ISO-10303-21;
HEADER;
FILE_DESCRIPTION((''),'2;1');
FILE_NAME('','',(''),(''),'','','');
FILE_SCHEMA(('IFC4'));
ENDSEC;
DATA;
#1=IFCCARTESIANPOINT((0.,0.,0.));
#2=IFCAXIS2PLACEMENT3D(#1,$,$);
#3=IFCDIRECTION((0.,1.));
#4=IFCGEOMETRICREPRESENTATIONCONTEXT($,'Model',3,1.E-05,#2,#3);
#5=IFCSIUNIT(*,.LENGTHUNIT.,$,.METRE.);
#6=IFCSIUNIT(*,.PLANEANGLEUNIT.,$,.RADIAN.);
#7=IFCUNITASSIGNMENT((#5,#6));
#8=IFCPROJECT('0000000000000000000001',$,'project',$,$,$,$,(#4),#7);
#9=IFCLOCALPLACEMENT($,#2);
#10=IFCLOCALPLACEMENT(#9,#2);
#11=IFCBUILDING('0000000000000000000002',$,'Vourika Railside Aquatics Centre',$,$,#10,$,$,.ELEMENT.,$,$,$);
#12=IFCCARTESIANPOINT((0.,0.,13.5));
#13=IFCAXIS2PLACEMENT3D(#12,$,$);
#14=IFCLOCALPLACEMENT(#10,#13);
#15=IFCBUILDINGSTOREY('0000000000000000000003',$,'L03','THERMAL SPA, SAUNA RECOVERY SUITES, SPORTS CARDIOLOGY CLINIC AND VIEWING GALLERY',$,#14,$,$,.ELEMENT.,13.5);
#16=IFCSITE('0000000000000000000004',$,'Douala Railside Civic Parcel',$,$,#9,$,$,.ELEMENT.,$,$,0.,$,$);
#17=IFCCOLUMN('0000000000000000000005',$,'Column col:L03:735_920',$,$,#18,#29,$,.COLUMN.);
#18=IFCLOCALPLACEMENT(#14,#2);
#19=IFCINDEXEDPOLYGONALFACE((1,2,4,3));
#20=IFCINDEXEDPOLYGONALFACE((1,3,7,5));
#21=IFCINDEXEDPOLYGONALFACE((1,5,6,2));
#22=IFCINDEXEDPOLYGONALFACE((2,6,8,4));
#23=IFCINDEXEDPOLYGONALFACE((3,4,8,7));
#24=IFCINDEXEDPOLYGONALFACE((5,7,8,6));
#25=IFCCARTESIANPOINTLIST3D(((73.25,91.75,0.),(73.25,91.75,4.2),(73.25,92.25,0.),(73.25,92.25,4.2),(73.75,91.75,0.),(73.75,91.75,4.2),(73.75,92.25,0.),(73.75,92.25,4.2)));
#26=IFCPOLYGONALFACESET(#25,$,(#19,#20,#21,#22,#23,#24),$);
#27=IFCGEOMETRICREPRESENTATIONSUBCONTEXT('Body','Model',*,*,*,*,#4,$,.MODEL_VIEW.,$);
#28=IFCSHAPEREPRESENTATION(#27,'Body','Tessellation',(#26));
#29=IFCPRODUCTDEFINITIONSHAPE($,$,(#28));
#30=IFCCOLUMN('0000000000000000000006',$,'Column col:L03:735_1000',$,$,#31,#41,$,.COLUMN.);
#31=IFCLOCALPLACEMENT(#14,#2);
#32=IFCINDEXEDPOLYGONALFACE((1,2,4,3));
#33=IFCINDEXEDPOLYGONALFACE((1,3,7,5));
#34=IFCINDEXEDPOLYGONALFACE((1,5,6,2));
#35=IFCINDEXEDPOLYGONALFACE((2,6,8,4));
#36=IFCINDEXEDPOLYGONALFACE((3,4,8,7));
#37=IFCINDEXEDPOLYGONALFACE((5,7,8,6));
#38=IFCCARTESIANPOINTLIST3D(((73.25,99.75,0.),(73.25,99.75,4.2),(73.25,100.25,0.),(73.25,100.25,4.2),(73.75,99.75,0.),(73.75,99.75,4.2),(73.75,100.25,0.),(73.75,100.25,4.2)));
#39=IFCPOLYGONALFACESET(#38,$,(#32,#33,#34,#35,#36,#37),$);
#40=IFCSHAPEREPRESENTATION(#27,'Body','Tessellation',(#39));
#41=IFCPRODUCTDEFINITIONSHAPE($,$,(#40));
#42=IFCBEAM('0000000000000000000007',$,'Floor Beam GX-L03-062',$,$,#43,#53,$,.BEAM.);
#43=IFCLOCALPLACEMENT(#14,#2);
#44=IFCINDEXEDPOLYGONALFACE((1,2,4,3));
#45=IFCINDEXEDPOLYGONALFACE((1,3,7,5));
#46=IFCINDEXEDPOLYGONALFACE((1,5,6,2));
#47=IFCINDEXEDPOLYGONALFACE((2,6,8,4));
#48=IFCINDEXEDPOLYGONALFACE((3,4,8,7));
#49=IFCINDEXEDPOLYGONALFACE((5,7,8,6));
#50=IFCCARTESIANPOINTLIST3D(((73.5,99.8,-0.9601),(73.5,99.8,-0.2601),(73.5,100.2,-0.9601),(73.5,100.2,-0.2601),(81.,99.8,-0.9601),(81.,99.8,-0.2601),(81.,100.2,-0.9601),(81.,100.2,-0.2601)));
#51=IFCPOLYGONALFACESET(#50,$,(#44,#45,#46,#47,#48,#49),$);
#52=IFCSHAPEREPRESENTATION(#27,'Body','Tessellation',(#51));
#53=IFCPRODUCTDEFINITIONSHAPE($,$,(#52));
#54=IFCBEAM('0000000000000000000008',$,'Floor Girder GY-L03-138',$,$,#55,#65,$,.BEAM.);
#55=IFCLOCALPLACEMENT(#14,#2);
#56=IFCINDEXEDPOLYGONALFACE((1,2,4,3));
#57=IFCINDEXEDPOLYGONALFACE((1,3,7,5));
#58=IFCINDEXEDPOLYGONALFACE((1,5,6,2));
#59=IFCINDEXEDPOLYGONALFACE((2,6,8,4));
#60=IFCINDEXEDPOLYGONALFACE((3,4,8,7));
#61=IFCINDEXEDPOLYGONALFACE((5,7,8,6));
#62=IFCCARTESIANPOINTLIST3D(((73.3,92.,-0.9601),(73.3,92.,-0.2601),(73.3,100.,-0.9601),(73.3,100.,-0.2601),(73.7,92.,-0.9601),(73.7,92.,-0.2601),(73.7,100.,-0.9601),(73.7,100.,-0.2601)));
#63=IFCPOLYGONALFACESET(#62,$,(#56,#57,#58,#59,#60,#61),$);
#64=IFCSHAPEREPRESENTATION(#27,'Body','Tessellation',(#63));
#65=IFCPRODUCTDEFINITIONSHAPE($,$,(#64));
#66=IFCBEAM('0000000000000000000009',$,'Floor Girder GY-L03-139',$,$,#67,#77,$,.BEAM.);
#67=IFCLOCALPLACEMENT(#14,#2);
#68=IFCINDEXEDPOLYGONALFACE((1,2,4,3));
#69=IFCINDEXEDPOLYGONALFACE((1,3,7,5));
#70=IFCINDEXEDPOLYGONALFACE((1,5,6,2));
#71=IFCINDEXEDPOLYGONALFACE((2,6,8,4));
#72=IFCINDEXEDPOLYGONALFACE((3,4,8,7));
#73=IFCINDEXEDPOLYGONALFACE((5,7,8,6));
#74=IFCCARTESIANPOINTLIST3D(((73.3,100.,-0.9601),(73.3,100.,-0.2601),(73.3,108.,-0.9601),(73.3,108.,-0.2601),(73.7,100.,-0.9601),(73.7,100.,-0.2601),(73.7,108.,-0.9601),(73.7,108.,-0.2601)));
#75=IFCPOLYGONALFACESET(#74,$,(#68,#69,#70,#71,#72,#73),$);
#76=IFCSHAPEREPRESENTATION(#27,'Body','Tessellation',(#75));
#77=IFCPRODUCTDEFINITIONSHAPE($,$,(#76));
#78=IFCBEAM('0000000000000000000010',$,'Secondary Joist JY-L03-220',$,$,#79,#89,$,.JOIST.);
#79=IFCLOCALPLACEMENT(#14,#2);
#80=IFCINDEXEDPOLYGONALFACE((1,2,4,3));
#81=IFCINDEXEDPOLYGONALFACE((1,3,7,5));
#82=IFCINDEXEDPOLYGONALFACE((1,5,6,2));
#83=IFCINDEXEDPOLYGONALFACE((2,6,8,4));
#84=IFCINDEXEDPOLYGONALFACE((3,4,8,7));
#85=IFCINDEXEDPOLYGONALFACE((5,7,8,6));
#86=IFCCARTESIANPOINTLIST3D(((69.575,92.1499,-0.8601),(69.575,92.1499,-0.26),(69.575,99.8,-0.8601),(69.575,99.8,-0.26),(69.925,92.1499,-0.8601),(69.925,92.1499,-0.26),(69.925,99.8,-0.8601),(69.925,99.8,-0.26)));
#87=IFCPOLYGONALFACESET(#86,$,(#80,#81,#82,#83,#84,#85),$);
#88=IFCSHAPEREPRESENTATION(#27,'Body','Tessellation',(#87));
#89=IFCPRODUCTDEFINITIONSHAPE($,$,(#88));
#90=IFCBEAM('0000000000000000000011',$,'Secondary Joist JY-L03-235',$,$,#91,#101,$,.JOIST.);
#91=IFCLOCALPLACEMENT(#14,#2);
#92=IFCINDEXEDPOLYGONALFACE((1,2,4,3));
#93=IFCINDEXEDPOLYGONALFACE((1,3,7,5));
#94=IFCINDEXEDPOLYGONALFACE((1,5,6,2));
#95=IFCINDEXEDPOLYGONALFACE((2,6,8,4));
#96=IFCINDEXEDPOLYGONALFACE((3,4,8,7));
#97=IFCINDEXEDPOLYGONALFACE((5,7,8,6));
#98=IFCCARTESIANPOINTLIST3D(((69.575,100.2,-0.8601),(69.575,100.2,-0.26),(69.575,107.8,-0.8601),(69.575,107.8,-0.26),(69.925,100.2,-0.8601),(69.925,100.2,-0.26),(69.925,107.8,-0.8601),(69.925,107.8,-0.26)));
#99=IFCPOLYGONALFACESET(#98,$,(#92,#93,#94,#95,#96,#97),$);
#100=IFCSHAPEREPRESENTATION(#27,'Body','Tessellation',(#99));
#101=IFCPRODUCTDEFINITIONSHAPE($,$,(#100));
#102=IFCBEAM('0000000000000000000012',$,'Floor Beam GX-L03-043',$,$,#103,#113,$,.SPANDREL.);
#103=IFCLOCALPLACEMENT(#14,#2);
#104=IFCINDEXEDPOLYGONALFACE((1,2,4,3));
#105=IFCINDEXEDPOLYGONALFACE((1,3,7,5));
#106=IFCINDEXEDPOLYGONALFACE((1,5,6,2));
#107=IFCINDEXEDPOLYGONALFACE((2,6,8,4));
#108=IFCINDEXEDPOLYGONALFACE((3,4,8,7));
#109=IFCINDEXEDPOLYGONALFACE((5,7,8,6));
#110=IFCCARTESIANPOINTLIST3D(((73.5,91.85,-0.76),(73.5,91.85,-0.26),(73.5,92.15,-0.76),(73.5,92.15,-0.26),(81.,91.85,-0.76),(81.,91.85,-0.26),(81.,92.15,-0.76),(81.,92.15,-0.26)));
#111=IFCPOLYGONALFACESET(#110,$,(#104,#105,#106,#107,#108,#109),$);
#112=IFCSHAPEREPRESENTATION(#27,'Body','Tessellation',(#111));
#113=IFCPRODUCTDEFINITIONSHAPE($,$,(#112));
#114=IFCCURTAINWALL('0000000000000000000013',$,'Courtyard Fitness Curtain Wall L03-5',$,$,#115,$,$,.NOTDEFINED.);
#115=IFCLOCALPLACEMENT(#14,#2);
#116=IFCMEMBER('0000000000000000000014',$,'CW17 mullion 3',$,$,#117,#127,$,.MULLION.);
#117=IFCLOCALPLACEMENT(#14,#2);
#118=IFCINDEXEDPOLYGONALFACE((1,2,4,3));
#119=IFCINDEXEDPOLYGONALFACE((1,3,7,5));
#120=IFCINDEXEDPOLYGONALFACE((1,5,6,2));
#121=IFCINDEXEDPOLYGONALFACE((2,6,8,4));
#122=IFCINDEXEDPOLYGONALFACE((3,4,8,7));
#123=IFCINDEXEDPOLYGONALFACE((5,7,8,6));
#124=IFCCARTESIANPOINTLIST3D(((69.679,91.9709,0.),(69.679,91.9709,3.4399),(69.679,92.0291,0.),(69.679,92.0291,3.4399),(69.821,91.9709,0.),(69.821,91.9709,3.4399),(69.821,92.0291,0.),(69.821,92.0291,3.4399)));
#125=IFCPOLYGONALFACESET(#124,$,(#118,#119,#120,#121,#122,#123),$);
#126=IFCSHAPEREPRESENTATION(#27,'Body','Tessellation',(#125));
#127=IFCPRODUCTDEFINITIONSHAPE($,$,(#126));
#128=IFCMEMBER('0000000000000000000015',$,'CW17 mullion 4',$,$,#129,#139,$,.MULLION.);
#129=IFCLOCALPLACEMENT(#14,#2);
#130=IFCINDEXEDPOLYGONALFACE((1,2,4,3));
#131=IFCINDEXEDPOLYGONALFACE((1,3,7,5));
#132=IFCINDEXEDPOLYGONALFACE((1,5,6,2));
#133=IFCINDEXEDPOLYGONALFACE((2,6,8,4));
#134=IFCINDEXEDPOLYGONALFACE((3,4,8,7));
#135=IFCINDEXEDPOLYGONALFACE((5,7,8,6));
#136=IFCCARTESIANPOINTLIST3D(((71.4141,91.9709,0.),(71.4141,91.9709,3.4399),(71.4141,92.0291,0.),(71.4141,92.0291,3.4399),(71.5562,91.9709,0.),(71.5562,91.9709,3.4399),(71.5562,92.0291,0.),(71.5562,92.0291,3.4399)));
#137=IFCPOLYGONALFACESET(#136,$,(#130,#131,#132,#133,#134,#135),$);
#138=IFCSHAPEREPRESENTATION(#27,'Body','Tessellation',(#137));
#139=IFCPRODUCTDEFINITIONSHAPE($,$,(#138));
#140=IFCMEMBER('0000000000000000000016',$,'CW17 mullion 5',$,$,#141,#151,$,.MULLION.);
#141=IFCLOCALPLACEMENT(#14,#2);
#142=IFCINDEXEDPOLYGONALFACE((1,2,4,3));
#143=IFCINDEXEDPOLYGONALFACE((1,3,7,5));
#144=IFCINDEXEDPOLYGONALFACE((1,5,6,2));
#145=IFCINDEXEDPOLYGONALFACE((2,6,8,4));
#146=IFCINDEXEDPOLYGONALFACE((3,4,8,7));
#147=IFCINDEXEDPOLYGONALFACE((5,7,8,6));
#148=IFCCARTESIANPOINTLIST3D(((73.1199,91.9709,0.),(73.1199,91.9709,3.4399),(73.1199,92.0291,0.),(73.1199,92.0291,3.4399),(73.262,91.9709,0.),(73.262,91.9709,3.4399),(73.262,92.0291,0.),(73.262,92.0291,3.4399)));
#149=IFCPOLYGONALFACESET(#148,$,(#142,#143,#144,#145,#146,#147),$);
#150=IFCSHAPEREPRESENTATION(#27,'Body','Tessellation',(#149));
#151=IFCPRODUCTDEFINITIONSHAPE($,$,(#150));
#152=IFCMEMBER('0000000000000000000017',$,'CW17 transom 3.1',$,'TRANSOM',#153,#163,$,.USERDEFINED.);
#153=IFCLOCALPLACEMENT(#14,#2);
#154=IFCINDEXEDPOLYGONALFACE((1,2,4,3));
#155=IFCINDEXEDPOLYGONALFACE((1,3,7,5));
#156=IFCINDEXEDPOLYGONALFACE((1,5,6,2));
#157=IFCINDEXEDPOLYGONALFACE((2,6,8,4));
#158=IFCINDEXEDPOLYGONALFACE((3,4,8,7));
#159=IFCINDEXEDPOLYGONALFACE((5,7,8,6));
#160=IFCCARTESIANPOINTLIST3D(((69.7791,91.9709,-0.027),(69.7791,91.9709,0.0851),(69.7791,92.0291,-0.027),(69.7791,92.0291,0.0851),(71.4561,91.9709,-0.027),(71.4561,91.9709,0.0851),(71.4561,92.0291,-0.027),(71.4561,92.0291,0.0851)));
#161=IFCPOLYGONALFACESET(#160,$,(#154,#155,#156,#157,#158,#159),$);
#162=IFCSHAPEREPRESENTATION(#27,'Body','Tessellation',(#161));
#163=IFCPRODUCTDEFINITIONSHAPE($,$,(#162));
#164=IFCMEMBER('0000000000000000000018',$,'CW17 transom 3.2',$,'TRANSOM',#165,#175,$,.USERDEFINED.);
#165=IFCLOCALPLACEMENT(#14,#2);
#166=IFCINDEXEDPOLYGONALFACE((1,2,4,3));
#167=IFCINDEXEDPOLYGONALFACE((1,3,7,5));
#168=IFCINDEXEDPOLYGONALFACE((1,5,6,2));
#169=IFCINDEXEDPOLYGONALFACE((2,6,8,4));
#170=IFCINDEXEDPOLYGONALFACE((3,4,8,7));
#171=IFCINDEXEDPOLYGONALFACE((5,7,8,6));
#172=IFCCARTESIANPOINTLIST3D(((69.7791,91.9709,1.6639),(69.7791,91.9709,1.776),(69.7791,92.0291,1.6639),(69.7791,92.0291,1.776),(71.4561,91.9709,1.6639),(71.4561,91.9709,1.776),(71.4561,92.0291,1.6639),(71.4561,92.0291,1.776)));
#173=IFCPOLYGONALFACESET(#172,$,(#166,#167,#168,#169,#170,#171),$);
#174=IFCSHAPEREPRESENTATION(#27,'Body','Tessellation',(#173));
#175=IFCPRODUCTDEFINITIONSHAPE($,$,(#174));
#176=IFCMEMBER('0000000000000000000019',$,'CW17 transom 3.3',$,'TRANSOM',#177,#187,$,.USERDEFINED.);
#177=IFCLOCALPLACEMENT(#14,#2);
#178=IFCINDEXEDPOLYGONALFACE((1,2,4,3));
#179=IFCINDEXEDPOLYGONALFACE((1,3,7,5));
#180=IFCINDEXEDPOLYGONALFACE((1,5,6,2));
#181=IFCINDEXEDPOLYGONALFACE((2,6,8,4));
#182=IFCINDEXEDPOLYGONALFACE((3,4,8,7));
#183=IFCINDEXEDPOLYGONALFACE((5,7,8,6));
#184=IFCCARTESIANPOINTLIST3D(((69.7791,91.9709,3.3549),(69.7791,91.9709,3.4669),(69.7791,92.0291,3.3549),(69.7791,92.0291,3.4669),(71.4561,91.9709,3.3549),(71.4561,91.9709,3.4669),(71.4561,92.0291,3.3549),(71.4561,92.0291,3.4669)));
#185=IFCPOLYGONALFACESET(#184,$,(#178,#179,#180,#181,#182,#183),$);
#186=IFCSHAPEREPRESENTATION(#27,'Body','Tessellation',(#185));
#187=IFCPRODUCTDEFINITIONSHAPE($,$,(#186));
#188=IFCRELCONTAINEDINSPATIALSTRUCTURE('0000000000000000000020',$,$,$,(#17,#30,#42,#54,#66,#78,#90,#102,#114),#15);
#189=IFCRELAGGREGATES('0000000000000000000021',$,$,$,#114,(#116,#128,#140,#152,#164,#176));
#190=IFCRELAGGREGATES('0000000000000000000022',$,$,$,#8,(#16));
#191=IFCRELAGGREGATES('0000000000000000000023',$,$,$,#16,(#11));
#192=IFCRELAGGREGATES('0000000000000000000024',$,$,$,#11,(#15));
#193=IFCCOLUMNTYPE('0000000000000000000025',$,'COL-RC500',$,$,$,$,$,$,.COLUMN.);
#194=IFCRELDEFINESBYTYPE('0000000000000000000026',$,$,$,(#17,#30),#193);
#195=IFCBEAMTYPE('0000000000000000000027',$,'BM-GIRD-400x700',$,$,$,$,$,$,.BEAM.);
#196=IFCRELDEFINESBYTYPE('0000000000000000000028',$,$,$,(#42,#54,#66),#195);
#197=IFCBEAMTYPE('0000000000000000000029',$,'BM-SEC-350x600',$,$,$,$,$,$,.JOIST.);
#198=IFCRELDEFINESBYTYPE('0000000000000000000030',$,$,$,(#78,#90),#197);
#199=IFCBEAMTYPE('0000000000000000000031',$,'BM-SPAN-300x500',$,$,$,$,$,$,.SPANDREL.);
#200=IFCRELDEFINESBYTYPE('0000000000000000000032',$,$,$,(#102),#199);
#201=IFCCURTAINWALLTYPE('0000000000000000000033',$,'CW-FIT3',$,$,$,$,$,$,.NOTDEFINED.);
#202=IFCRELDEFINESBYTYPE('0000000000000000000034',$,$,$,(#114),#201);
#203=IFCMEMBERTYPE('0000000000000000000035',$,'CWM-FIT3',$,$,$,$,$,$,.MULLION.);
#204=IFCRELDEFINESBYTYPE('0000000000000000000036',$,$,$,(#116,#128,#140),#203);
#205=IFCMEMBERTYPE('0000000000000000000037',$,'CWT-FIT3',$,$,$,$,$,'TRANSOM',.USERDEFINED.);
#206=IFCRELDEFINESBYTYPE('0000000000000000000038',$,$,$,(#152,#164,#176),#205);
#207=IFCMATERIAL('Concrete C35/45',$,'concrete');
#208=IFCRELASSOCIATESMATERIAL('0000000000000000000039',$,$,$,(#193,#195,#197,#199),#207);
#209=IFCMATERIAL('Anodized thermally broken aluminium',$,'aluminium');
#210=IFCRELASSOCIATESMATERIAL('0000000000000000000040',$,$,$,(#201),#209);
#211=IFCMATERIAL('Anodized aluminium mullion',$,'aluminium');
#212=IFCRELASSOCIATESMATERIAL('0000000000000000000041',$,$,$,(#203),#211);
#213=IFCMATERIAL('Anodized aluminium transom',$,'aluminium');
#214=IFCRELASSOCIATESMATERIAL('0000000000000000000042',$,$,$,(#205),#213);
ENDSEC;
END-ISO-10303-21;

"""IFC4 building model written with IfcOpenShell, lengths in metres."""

from ifc_helpers import new_model, si_unit, direction, frame, origin, origin_2d, place, context, subcontext, project, spatial, rectangle, extrude, material, material_profile, profile_set, type_object, element, aggregate, save


model = new_model("IFC4")

# Units and contexts
model_context = context("Model", 3, precision=1e-05, world=origin(), true_north=direction((0.0, 1.0)))
body_context = subcontext(model_context, "Body", "Model", "MODEL_VIEW")
ifc_project = project(units=[si_unit("LENGTHUNIT", "METRE"), si_unit("PLANEANGLEUNIT", "RADIAN")], contexts=[model_context])

# Site, building, storey
site_placement = place(None, origin())
site = spatial("IfcSite", under=ifc_project, at=site_placement, Name="Douala Railside Civic Parcel", CompositionType="ELEMENT", RefElevation=0.0)
building_placement = place(site_placement, origin())
building = spatial("IfcBuilding", under=site, at=building_placement, Name="Vourika Railside Aquatics Centre", CompositionType="ELEMENT")
storey_placement = place(building_placement, frame((0.0, 0.0, 13.5)))
storey = spatial("IfcBuildingStorey", under=building, at=storey_placement, Name="L03", Description="THERMAL SPA, SAUNA RECOVERY SUITES, SPORTS CARDIOLOGY CLINIC AND VIEWING GALLERY", CompositionType="ELEMENT", Elevation=13.5)

# Columns
ifc_material_1 = material(Name="Concrete C35/45", Category="concrete")
ifc_material_profile_1 = material_profile(ifc_material_1, rectangle(XDim=0.5, YDim=0.5, at=origin_2d()), Name="RC 500x500")
ifc_profile_set_1 = profile_set([ifc_material_profile_1], Name="Concrete C35/45")
column_type = type_object("IfcColumnType", Name="COL-RC500", PredefinedType="COLUMN", material=ifc_profile_set_1)
for number, where, z_axis, x_axis, name in (
    (1, (73.5, 92.0, 0.0), (0.0, 0.0, 1.0), (1.0, 0.0, 0.0), "Column col:L03:735_920"),
    (2, (73.5, 100.0, 0.0), (0.0, 0.0, 1.0), (1.0, 0.0, 0.0), "Column col:L03:735_1000"),
):
    element("IfcColumn", number, at=place(storey_placement, frame(where, z_axis=z_axis, x_axis=x_axis)), inside=storey, type_object=column_type, Name=name, PredefinedType="COLUMN", context=body_context, shape_type="SweptSolid", body=[
        extrude(rectangle(XDim=0.5, YDim=0.5, at=origin_2d()), origin(), (0.0, 0.0, 1.0), 4.2),
    ])

# Beams
ifc_material_profile_2 = material_profile(ifc_material_1, rectangle(XDim=0.3999, YDim=0.7, at=origin_2d()), Name="RC 400x700")
ifc_profile_set_2 = profile_set([ifc_material_profile_2], Name="Concrete C35/45")
beam_type_1 = type_object("IfcBeamType", Name="BM-GIRD-400x700", PredefinedType="BEAM", material=ifc_profile_set_2)
beam_1_placement = place(storey_placement, frame((73.5, 100.0, -0.6101), z_axis=(1.0, 0.0, 0.0), x_axis=(0.0, 1.0, 0.0)))
element("IfcBeam", 3, at=beam_1_placement, inside=storey, type_object=beam_type_1, Name="Floor Beam GX-L03-062", PredefinedType="BEAM", context=body_context, shape_type="SweptSolid", body=[
    extrude(rectangle(XDim=0.3999, YDim=0.7, at=origin_2d()), origin(), (0.0, 0.0, 1.0), 7.5),
])
for number, where, z_axis, x_axis, name in (
    (4, (73.5, 92.0, -0.6101), (0.0, 1.0, 0.0), (-1.0, 0.0, 0.0), "Floor Girder GY-L03-138"),
    (5, (73.5, 100.0, -0.6101), (0.0, 1.0, 0.0), (-1.0, 0.0, 0.0), "Floor Girder GY-L03-139"),
):
    element("IfcBeam", number, at=place(storey_placement, frame(where, z_axis=z_axis, x_axis=x_axis)), inside=storey, type_object=beam_type_1, Name=name, PredefinedType="BEAM", context=body_context, shape_type="SweptSolid", body=[
        extrude(rectangle(XDim=0.3999, YDim=0.7, at=origin_2d()), origin(), (0.0, 0.0, 1.0), 8.0),
    ])
ifc_material_profile_3 = material_profile(ifc_material_1, rectangle(XDim=0.3501, YDim=0.6001, at=origin_2d()), Name="RC 350x600")
ifc_profile_set_3 = profile_set([ifc_material_profile_3], Name="Concrete C35/45")
beam_type_2 = type_object("IfcBeamType", Name="BM-SEC-350x600", PredefinedType="JOIST", material=ifc_profile_set_3)
beam_2_placement = place(storey_placement, frame((69.75, 92.1499, -0.5601), z_axis=(0.0, 1.0, 0.0), x_axis=(-1.0, 0.0, 0.0)))
element("IfcBeam", 6, at=beam_2_placement, inside=storey, type_object=beam_type_2, Name="Secondary Joist JY-L03-220", PredefinedType="JOIST", context=body_context, shape_type="SweptSolid", body=[
    extrude(rectangle(XDim=0.3501, YDim=0.6001, at=origin_2d()), origin(), (0.0, 0.0, 1.0), 7.6501),
])
beam_3_placement = place(storey_placement, frame((69.75, 100.2, -0.5601), z_axis=(0.0, 1.0, 0.0), x_axis=(-1.0, 0.0, 0.0)))
element("IfcBeam", 7, at=beam_3_placement, inside=storey, type_object=beam_type_2, Name="Secondary Joist JY-L03-235", PredefinedType="JOIST", context=body_context, shape_type="SweptSolid", body=[
    extrude(rectangle(XDim=0.3501, YDim=0.6001, at=origin_2d()), origin(), (0.0, 0.0, 1.0), 7.6001),
])
ifc_material_profile_4 = material_profile(ifc_material_1, rectangle(XDim=0.3, YDim=0.5, at=origin_2d()), Name="RC 300x500")
ifc_profile_set_4 = profile_set([ifc_material_profile_4], Name="Concrete C35/45")
beam_type_3 = type_object("IfcBeamType", Name="BM-SPAN-300x500", PredefinedType="SPANDREL", material=ifc_profile_set_4)
beam_4_placement = place(storey_placement, frame((73.5, 92.0, -0.51), z_axis=(1.0, 0.0, 0.0), x_axis=(0.0, 1.0, 0.0)))
element("IfcBeam", 8, at=beam_4_placement, inside=storey, type_object=beam_type_3, Name="Floor Beam GX-L03-043", PredefinedType="SPANDREL", context=body_context, shape_type="SweptSolid", body=[
    extrude(rectangle(XDim=0.3, YDim=0.5, at=origin_2d()), origin(), (0.0, 0.0, 1.0), 7.5),
])

# Curtain wall, members
ifc_material_2 = material(Name="Anodized thermally broken aluminium", Category="aluminium")
curtain_wall_type = type_object("IfcCurtainWallType", Name="CW-FIT3", PredefinedType="NOTDEFINED", material=ifc_material_2)
curtain_wall_placement = place(storey_placement, origin())
curtain_wall = element("IfcCurtainWall", 9, at=curtain_wall_placement, inside=storey, type_object=curtain_wall_type, Name="Courtyard Fitness Curtain Wall L03-5", PredefinedType="NOTDEFINED")
ifc_material_3 = material(Name="Anodized aluminium mullion", Category="aluminium")
ifc_material_profile_5 = material_profile(ifc_material_3, rectangle(XDim=0.0581, YDim=0.1421, at=origin_2d()), Name="ALU-M 58x142")
ifc_profile_set_5 = profile_set([ifc_material_profile_5], Name="Anodized aluminium mullion")
member_type_1 = type_object("IfcMemberType", Name="CWM-FIT3", PredefinedType="MULLION", material=ifc_profile_set_5)
member_1_placement = place(storey_placement, frame((69.75, 92.0, 0.0), z_axis=(0.0, 0.0, 1.0), x_axis=(0.0, 1.0, 0.0)))
member_1 = element("IfcMember", 10, at=member_1_placement, type_object=member_type_1, Name="CW17 mullion 3", PredefinedType="MULLION", context=body_context, shape_type="SweptSolid", body=[
    extrude(rectangle(XDim=0.0581, YDim=0.1421, at=origin_2d()), origin(), (0.0, 0.0, 1.0), 3.4399),
])
member_2_placement = place(storey_placement, frame((71.4851, 92.0, 0.0), z_axis=(0.0, 0.0, 1.0), x_axis=(0.0, 1.0, 0.0)))
member_2 = element("IfcMember", 11, at=member_2_placement, type_object=member_type_1, Name="CW17 mullion 4", PredefinedType="MULLION", context=body_context, shape_type="SweptSolid", body=[
    extrude(rectangle(XDim=0.0581, YDim=0.1421, at=origin_2d()), origin(), (0.0, 0.0, 1.0), 3.4399),
])
member_3_placement = place(storey_placement, frame((73.1909, 92.0, 0.0), z_axis=(0.0, 0.0, 1.0), x_axis=(0.0, 1.0, 0.0)))
member_3 = element("IfcMember", 12, at=member_3_placement, type_object=member_type_1, Name="CW17 mullion 5", PredefinedType="MULLION", context=body_context, shape_type="SweptSolid", body=[
    extrude(rectangle(XDim=0.0581, YDim=0.1421, at=origin_2d()), origin(), (0.0, 0.0, 1.0), 3.4399),
])
ifc_material_4 = material(Name="Anodized aluminium transom", Category="aluminium")
ifc_material_profile_6 = material_profile(ifc_material_4, rectangle(XDim=0.0581, YDim=0.1121, at=origin_2d()), Name="ALU-T 58x112")
ifc_profile_set_6 = profile_set([ifc_material_profile_6], Name="Anodized aluminium transom")
member_type_2 = type_object("IfcMemberType", Name="CWT-FIT3", ElementType="TRANSOM", PredefinedType="USERDEFINED", material=ifc_profile_set_6)
member_4_placement = place(storey_placement, frame((69.7791, 92.0, 0.0291), z_axis=(1.0, 0.0, 0.0), x_axis=(0.0, 1.0, 0.0)))
member_4 = element("IfcMember", 13, at=member_4_placement, type_object=member_type_2, Name="CW17 transom 3.1", ObjectType="TRANSOM", PredefinedType="USERDEFINED", context=body_context, shape_type="SweptSolid", body=[
    extrude(rectangle(XDim=0.0581, YDim=0.1121, at=origin_2d()), origin(), (0.0, 0.0, 1.0), 1.677),
])
member_5_placement = place(storey_placement, frame((69.7791, 92.0, 1.72), z_axis=(1.0, 0.0, 0.0), x_axis=(0.0, 1.0, 0.0)))
member_5 = element("IfcMember", 14, at=member_5_placement, type_object=member_type_2, Name="CW17 transom 3.2", ObjectType="TRANSOM", PredefinedType="USERDEFINED", context=body_context, shape_type="SweptSolid", body=[
    extrude(rectangle(XDim=0.0581, YDim=0.1121, at=origin_2d()), origin(), (0.0, 0.0, 1.0), 1.677),
])
member_6_placement = place(storey_placement, frame((69.7791, 92.0, 3.4109), z_axis=(1.0, 0.0, 0.0), x_axis=(0.0, 1.0, 0.0)))
member_6 = element("IfcMember", 15, at=member_6_placement, type_object=member_type_2, Name="CW17 transom 3.3", ObjectType="TRANSOM", PredefinedType="USERDEFINED", context=body_context, shape_type="SweptSolid", body=[
    extrude(rectangle(XDim=0.0581, YDim=0.1121, at=origin_2d()), origin(), (0.0, 0.0, 1.0), 1.677),
])
aggregate(curtain_wall, [member_1, member_2, member_3, member_4, member_5, member_6])

save(model, "model.ifc")
